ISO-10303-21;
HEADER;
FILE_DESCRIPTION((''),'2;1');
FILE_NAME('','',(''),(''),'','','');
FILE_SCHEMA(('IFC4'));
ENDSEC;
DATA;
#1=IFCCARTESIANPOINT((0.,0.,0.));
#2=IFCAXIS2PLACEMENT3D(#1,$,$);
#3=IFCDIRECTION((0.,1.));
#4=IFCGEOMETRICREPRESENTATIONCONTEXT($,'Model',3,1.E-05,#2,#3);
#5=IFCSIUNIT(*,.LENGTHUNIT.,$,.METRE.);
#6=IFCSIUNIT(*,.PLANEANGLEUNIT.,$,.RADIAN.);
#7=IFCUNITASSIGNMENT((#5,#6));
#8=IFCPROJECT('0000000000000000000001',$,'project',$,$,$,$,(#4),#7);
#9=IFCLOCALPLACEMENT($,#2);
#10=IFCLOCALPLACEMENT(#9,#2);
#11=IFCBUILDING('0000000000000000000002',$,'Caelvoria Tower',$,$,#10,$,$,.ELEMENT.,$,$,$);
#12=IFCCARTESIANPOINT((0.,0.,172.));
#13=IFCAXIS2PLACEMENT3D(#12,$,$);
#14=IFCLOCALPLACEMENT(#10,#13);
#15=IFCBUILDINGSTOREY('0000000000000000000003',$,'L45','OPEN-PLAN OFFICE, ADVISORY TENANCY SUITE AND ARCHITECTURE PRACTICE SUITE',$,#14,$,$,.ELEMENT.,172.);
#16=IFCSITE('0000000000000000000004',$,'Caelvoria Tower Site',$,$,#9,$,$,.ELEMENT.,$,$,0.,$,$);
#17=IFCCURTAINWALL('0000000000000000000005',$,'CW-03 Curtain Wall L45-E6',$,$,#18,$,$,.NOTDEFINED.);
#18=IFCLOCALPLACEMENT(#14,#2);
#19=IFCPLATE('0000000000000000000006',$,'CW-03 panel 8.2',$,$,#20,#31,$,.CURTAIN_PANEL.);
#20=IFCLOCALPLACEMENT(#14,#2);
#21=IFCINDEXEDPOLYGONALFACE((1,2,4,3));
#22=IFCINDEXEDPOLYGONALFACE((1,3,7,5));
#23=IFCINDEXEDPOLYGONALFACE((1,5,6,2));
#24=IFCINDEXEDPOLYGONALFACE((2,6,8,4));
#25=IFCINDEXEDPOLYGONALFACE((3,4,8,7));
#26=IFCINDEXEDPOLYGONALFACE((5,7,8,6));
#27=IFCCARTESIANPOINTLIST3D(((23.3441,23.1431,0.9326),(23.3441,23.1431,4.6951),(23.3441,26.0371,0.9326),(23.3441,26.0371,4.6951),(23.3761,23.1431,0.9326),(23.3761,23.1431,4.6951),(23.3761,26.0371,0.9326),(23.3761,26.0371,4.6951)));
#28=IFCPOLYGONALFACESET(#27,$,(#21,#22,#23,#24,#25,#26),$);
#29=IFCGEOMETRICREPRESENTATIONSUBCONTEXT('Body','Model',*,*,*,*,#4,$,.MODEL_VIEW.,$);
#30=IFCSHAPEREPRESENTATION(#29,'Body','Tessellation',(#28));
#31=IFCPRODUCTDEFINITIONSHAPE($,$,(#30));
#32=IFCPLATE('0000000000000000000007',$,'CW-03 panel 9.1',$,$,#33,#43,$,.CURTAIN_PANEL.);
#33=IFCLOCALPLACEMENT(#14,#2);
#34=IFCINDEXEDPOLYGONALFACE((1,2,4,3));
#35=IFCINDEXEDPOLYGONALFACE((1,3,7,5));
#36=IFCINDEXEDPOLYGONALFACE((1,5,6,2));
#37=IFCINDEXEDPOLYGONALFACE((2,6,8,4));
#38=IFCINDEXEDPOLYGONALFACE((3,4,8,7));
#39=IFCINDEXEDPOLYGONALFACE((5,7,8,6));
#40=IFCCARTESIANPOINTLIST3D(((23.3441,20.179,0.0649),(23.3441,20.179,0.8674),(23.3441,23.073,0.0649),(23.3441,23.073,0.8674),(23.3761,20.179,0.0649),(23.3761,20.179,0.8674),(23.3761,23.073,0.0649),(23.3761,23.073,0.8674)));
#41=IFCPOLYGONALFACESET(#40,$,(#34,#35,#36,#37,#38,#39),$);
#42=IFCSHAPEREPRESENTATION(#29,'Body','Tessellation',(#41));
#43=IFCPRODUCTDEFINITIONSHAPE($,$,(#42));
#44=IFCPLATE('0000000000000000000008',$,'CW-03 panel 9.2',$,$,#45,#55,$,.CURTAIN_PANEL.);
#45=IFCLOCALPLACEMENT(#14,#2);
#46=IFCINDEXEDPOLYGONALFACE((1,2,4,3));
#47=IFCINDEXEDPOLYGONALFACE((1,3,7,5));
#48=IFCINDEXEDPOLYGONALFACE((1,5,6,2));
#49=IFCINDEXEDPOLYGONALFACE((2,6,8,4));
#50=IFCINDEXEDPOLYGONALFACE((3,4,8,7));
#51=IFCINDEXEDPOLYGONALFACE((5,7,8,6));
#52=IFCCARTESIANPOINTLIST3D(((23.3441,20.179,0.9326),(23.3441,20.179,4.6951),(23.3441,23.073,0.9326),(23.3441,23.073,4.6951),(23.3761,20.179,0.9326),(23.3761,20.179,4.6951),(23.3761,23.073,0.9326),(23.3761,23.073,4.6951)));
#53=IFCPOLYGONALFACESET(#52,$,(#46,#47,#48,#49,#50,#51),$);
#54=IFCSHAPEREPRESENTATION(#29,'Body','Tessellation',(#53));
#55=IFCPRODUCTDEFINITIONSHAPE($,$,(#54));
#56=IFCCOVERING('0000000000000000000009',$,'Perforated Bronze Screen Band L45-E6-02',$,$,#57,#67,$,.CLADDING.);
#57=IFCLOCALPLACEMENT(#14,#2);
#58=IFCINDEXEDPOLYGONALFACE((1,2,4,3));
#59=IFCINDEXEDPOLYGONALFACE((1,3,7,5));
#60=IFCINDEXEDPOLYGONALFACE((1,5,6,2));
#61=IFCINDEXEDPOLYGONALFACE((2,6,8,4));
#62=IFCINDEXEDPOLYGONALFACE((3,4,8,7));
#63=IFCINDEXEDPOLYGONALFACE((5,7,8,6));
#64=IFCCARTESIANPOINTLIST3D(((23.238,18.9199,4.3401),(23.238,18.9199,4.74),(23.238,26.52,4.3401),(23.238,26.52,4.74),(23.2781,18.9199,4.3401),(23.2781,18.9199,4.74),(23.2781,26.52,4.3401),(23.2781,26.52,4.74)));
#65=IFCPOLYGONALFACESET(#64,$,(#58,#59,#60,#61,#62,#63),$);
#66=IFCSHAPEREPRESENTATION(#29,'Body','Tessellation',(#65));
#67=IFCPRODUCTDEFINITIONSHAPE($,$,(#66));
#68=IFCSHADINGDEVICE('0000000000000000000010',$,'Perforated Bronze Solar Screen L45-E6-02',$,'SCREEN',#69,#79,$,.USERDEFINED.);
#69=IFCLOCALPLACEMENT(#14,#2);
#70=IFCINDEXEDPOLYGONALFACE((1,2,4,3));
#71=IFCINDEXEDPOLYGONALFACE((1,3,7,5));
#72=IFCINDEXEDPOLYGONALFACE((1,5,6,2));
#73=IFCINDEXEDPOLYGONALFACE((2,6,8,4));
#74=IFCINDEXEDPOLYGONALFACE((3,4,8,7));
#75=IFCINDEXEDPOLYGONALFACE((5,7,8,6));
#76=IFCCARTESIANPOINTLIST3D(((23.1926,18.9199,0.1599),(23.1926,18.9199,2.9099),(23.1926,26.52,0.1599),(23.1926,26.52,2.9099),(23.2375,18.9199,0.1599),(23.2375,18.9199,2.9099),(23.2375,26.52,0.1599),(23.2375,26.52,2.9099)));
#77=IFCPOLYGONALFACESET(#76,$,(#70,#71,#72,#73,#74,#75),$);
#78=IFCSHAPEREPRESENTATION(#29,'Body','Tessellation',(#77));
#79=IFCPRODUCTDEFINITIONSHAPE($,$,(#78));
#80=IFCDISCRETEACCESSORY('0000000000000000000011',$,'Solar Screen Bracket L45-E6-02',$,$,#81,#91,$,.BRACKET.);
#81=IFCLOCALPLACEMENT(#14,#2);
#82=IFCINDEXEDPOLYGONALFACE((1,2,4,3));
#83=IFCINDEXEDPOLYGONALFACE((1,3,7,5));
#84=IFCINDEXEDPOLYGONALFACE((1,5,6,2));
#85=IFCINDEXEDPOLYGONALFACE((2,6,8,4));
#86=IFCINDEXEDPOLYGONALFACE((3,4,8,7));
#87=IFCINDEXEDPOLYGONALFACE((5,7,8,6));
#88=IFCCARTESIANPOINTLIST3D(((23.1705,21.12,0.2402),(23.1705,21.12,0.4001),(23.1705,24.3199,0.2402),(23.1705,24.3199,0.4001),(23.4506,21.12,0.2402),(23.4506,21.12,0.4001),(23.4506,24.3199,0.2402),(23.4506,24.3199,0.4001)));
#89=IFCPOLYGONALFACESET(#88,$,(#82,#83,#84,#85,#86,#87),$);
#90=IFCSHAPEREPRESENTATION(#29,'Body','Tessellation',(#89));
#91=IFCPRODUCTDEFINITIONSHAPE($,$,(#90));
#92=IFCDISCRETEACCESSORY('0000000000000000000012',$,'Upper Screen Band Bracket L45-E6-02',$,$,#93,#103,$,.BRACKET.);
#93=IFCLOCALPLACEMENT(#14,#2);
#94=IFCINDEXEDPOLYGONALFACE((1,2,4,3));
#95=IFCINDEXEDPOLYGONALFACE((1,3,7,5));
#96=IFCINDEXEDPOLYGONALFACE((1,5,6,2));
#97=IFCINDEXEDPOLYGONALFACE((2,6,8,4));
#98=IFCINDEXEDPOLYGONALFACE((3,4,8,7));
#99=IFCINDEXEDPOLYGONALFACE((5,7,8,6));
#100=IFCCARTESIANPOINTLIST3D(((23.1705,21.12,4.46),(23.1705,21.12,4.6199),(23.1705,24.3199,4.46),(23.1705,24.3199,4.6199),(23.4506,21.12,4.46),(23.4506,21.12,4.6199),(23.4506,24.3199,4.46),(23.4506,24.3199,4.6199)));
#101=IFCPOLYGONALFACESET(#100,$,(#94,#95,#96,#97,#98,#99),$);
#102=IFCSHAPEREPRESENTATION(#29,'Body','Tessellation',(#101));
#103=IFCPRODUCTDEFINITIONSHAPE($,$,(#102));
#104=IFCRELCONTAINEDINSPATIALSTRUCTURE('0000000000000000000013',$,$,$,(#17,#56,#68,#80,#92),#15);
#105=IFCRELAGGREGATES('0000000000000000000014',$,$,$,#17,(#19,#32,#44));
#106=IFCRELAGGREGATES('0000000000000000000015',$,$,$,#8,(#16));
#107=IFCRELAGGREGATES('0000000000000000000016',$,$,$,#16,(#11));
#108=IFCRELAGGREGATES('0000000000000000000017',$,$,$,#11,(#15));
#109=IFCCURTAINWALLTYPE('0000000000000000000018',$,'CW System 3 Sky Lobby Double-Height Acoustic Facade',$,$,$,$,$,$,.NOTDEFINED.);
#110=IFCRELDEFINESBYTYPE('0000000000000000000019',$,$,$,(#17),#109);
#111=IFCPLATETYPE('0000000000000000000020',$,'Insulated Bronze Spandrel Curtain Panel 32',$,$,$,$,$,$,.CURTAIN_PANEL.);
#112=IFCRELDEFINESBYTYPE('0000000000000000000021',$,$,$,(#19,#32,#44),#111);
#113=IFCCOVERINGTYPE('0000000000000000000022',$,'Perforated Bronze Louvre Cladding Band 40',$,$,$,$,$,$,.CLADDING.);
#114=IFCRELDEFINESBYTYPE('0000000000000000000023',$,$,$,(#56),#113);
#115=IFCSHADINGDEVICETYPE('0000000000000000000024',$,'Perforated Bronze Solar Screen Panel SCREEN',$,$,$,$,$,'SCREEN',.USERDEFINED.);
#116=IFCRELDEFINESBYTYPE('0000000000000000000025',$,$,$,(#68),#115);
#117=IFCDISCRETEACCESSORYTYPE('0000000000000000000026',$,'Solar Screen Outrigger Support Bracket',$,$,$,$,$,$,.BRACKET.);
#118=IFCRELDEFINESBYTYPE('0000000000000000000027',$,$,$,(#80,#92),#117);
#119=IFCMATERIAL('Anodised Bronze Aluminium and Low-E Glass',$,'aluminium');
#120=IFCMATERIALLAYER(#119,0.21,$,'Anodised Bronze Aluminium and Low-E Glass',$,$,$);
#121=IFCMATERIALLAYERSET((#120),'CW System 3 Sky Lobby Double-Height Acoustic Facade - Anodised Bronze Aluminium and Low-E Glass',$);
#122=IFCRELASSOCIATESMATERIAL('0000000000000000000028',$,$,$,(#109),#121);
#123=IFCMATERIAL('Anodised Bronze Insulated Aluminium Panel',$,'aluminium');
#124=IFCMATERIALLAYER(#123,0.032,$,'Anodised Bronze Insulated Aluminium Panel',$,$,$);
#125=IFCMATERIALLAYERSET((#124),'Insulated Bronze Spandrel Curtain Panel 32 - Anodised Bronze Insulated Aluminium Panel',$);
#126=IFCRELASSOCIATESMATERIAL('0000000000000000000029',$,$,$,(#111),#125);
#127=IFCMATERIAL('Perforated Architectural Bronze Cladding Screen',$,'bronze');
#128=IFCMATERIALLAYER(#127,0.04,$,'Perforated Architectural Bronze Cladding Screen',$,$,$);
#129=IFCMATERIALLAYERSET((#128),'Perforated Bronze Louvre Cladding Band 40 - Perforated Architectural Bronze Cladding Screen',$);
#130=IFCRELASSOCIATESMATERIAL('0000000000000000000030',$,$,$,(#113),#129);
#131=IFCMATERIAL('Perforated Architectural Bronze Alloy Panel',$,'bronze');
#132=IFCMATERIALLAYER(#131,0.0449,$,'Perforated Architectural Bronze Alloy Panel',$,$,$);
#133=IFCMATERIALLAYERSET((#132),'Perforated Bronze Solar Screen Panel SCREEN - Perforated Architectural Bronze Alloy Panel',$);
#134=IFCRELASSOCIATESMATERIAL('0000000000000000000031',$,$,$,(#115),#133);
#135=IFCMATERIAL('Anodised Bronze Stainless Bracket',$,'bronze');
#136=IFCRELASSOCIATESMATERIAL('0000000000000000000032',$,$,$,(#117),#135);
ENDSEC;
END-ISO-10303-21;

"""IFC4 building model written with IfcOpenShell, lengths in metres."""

from ifc_helpers import new_model, si_unit, direction, frame, origin, origin_2d, place, context, subcontext, project, spatial, rectangle, extrude, material, layer, layer_set, type_object, element, aggregate, save


model = new_model("IFC4")

# Units and contexts
model_context = context("Model", 3, precision=1e-05, world=origin(), true_north=direction((0.0, 1.0)))
body_context = subcontext(model_context, "Body", "Model", "MODEL_VIEW")
ifc_project = project(units=[si_unit("LENGTHUNIT", "METRE"), si_unit("PLANEANGLEUNIT", "RADIAN")], contexts=[model_context])

# Site, building, storey
site_placement = place(None, origin())
site = spatial("IfcSite", under=ifc_project, at=site_placement, Name="Caelvoria Tower Site", CompositionType="ELEMENT", RefElevation=0.0)
building_placement = place(site_placement, origin())
building = spatial("IfcBuilding", under=site, at=building_placement, Name="Caelvoria Tower", CompositionType="ELEMENT")
storey_placement = place(building_placement, frame((0.0, 0.0, 172.0)))
storey = spatial("IfcBuildingStorey", under=building, at=storey_placement, Name="L45", Description="OPEN-PLAN OFFICE, ADVISORY TENANCY SUITE AND ARCHITECTURE PRACTICE SUITE", CompositionType="ELEMENT", Elevation=172.0)

# Curtain wall, plates
ifc_material_1 = material(Name="Anodised Bronze Aluminium and Low-E Glass", Category="aluminium")
ifc_layer_1 = layer(ifc_material_1, 0.21, Name="Anodised Bronze Aluminium and Low-E Glass")
ifc_layer_set_1 = layer_set([ifc_layer_1], Name="CW System 3 Sky Lobby Double-Height Acoustic Facade - Anodised Bronze Aluminium and Low-E Glass")
curtain_wall_type = type_object("IfcCurtainWallType", Name="CW System 3 Sky Lobby Double-Height Acoustic Facade", PredefinedType="NOTDEFINED", material=ifc_layer_set_1)
curtain_wall_placement = place(storey_placement, origin())
curtain_wall = element("IfcCurtainWall", 1, at=curtain_wall_placement, inside=storey, type_object=curtain_wall_type, Name="CW-03 Curtain Wall L45-E6", PredefinedType="NOTDEFINED")
ifc_material_2 = material(Name="Anodised Bronze Insulated Aluminium Panel", Category="aluminium")
ifc_layer_2 = layer(ifc_material_2, 0.032, Name="Anodised Bronze Insulated Aluminium Panel")
ifc_layer_set_2 = layer_set([ifc_layer_2], Name="Insulated Bronze Spandrel Curtain Panel 32 - Anodised Bronze Insulated Aluminium Panel")
plate_type = type_object("IfcPlateType", Name="Insulated Bronze Spandrel Curtain Panel 32", PredefinedType="CURTAIN_PANEL", material=ifc_layer_set_2)
plate_1_placement = place(storey_placement, frame((23.3601, 24.5901, 0.9326), z_axis=(0.0, 0.0, 1.0), x_axis=(0.0, -1.0, 0.0)))
plate_1 = element("IfcPlate", 2, at=plate_1_placement, type_object=plate_type, Name="CW-03 panel 8.2", PredefinedType="CURTAIN_PANEL", context=body_context, shape_type="SweptSolid", body=[
    extrude(rectangle(XDim=2.894, YDim=0.032, at=origin_2d()), origin(), (0.0, 0.0, 1.0), 3.7625),
])
plate_2_placement = place(storey_placement, frame((23.3601, 21.626, 0.0649), z_axis=(0.0, 0.0, 1.0), x_axis=(0.0, -1.0, 0.0)))
plate_2 = element("IfcPlate", 3, at=plate_2_placement, type_object=plate_type, Name="CW-03 panel 9.1", PredefinedType="CURTAIN_PANEL", context=body_context, shape_type="SweptSolid", body=[
    extrude(rectangle(XDim=2.894, YDim=0.032, at=origin_2d()), origin(), (0.0, 0.0, 1.0), 0.8025),
])
plate_3_placement = place(storey_placement, frame((23.3601, 21.626, 0.9326), z_axis=(0.0, 0.0, 1.0), x_axis=(0.0, -1.0, 0.0)))
plate_3 = element("IfcPlate", 4, at=plate_3_placement, type_object=plate_type, Name="CW-03 panel 9.2", PredefinedType="CURTAIN_PANEL", context=body_context, shape_type="SweptSolid", body=[
    extrude(rectangle(XDim=2.894, YDim=0.032, at=origin_2d()), origin(), (0.0, 0.0, 1.0), 3.7625),
])
aggregate(curtain_wall, [plate_1, plate_2, plate_3])

# Covering
ifc_material_3 = material(Name="Perforated Architectural Bronze Cladding Screen", Category="bronze")
ifc_layer_3 = layer(ifc_material_3, 0.04, Name="Perforated Architectural Bronze Cladding Screen")
ifc_layer_set_3 = layer_set([ifc_layer_3], Name="Perforated Bronze Louvre Cladding Band 40 - Perforated Architectural Bronze Cladding Screen")
covering_type = type_object("IfcCoveringType", Name="Perforated Bronze Louvre Cladding Band 40", PredefinedType="CLADDING", material=ifc_layer_set_3)
covering_placement = place(storey_placement, frame((23.2581, 22.72, 4.3401), z_axis=(0.0, 0.0, 1.0), x_axis=(0.0, -1.0, 0.0)))
element("IfcCovering", 5, at=covering_placement, inside=storey, type_object=covering_type, Name="Perforated Bronze Screen Band L45-E6-02", PredefinedType="CLADDING", context=body_context, shape_type="SweptSolid", body=[
    extrude(rectangle(XDim=7.6001, YDim=0.04, at=origin_2d()), origin(), (0.0, 0.0, 1.0), 0.3999),
])

# Shading device
ifc_material_4 = material(Name="Perforated Architectural Bronze Alloy Panel", Category="bronze")
ifc_layer_4 = layer(ifc_material_4, 0.0449, Name="Perforated Architectural Bronze Alloy Panel")
ifc_layer_set_4 = layer_set([ifc_layer_4], Name="Perforated Bronze Solar Screen Panel SCREEN - Perforated Architectural Bronze Alloy Panel")
shading_device_type = type_object("IfcShadingDeviceType", Name="Perforated Bronze Solar Screen Panel SCREEN", ElementType="SCREEN", PredefinedType="USERDEFINED", material=ifc_layer_set_4)
shading_device_placement = place(storey_placement, frame((23.2151, 22.72, 0.1599), z_axis=(0.0, 0.0, 1.0), x_axis=(0.0, -1.0, 0.0)))
element("IfcShadingDevice", 6, at=shading_device_placement, inside=storey, type_object=shading_device_type, Name="Perforated Bronze Solar Screen L45-E6-02", ObjectType="SCREEN", PredefinedType="USERDEFINED", context=body_context, shape_type="SweptSolid", body=[
    extrude(rectangle(XDim=7.6001, YDim=0.0449, at=origin_2d()), origin(), (0.0, 0.0, 1.0), 2.75),
])

# Discrete accessories
ifc_material_5 = material(Name="Anodised Bronze Stainless Bracket", Category="bronze")
discrete_accessory_type = type_object("IfcDiscreteAccessoryType", Name="Solar Screen Outrigger Support Bracket", PredefinedType="BRACKET", material=ifc_material_5)
for number, where, z_axis, x_axis, name in (
    (7, (23.3105, 22.72, 0.2402), (0.0, 0.0, 1.0), (0.0, -1.0, 0.0), "Solar Screen Bracket L45-E6-02"),
    (8, (23.3105, 22.72, 4.46), (0.0, 0.0, 1.0), (0.0, -1.0, 0.0), "Upper Screen Band Bracket L45-E6-02"),
):
    element("IfcDiscreteAccessory", number, at=place(storey_placement, frame(where, z_axis=z_axis, x_axis=x_axis)), inside=storey, type_object=discrete_accessory_type, Name=name, PredefinedType="BRACKET", context=body_context, shape_type="SweptSolid", body=[
        extrude(rectangle(XDim=3.2, YDim=0.28, at=origin_2d()), origin(), (0.0, 0.0, 1.0), 0.1599),
    ])

save(model, "model.ifc")
